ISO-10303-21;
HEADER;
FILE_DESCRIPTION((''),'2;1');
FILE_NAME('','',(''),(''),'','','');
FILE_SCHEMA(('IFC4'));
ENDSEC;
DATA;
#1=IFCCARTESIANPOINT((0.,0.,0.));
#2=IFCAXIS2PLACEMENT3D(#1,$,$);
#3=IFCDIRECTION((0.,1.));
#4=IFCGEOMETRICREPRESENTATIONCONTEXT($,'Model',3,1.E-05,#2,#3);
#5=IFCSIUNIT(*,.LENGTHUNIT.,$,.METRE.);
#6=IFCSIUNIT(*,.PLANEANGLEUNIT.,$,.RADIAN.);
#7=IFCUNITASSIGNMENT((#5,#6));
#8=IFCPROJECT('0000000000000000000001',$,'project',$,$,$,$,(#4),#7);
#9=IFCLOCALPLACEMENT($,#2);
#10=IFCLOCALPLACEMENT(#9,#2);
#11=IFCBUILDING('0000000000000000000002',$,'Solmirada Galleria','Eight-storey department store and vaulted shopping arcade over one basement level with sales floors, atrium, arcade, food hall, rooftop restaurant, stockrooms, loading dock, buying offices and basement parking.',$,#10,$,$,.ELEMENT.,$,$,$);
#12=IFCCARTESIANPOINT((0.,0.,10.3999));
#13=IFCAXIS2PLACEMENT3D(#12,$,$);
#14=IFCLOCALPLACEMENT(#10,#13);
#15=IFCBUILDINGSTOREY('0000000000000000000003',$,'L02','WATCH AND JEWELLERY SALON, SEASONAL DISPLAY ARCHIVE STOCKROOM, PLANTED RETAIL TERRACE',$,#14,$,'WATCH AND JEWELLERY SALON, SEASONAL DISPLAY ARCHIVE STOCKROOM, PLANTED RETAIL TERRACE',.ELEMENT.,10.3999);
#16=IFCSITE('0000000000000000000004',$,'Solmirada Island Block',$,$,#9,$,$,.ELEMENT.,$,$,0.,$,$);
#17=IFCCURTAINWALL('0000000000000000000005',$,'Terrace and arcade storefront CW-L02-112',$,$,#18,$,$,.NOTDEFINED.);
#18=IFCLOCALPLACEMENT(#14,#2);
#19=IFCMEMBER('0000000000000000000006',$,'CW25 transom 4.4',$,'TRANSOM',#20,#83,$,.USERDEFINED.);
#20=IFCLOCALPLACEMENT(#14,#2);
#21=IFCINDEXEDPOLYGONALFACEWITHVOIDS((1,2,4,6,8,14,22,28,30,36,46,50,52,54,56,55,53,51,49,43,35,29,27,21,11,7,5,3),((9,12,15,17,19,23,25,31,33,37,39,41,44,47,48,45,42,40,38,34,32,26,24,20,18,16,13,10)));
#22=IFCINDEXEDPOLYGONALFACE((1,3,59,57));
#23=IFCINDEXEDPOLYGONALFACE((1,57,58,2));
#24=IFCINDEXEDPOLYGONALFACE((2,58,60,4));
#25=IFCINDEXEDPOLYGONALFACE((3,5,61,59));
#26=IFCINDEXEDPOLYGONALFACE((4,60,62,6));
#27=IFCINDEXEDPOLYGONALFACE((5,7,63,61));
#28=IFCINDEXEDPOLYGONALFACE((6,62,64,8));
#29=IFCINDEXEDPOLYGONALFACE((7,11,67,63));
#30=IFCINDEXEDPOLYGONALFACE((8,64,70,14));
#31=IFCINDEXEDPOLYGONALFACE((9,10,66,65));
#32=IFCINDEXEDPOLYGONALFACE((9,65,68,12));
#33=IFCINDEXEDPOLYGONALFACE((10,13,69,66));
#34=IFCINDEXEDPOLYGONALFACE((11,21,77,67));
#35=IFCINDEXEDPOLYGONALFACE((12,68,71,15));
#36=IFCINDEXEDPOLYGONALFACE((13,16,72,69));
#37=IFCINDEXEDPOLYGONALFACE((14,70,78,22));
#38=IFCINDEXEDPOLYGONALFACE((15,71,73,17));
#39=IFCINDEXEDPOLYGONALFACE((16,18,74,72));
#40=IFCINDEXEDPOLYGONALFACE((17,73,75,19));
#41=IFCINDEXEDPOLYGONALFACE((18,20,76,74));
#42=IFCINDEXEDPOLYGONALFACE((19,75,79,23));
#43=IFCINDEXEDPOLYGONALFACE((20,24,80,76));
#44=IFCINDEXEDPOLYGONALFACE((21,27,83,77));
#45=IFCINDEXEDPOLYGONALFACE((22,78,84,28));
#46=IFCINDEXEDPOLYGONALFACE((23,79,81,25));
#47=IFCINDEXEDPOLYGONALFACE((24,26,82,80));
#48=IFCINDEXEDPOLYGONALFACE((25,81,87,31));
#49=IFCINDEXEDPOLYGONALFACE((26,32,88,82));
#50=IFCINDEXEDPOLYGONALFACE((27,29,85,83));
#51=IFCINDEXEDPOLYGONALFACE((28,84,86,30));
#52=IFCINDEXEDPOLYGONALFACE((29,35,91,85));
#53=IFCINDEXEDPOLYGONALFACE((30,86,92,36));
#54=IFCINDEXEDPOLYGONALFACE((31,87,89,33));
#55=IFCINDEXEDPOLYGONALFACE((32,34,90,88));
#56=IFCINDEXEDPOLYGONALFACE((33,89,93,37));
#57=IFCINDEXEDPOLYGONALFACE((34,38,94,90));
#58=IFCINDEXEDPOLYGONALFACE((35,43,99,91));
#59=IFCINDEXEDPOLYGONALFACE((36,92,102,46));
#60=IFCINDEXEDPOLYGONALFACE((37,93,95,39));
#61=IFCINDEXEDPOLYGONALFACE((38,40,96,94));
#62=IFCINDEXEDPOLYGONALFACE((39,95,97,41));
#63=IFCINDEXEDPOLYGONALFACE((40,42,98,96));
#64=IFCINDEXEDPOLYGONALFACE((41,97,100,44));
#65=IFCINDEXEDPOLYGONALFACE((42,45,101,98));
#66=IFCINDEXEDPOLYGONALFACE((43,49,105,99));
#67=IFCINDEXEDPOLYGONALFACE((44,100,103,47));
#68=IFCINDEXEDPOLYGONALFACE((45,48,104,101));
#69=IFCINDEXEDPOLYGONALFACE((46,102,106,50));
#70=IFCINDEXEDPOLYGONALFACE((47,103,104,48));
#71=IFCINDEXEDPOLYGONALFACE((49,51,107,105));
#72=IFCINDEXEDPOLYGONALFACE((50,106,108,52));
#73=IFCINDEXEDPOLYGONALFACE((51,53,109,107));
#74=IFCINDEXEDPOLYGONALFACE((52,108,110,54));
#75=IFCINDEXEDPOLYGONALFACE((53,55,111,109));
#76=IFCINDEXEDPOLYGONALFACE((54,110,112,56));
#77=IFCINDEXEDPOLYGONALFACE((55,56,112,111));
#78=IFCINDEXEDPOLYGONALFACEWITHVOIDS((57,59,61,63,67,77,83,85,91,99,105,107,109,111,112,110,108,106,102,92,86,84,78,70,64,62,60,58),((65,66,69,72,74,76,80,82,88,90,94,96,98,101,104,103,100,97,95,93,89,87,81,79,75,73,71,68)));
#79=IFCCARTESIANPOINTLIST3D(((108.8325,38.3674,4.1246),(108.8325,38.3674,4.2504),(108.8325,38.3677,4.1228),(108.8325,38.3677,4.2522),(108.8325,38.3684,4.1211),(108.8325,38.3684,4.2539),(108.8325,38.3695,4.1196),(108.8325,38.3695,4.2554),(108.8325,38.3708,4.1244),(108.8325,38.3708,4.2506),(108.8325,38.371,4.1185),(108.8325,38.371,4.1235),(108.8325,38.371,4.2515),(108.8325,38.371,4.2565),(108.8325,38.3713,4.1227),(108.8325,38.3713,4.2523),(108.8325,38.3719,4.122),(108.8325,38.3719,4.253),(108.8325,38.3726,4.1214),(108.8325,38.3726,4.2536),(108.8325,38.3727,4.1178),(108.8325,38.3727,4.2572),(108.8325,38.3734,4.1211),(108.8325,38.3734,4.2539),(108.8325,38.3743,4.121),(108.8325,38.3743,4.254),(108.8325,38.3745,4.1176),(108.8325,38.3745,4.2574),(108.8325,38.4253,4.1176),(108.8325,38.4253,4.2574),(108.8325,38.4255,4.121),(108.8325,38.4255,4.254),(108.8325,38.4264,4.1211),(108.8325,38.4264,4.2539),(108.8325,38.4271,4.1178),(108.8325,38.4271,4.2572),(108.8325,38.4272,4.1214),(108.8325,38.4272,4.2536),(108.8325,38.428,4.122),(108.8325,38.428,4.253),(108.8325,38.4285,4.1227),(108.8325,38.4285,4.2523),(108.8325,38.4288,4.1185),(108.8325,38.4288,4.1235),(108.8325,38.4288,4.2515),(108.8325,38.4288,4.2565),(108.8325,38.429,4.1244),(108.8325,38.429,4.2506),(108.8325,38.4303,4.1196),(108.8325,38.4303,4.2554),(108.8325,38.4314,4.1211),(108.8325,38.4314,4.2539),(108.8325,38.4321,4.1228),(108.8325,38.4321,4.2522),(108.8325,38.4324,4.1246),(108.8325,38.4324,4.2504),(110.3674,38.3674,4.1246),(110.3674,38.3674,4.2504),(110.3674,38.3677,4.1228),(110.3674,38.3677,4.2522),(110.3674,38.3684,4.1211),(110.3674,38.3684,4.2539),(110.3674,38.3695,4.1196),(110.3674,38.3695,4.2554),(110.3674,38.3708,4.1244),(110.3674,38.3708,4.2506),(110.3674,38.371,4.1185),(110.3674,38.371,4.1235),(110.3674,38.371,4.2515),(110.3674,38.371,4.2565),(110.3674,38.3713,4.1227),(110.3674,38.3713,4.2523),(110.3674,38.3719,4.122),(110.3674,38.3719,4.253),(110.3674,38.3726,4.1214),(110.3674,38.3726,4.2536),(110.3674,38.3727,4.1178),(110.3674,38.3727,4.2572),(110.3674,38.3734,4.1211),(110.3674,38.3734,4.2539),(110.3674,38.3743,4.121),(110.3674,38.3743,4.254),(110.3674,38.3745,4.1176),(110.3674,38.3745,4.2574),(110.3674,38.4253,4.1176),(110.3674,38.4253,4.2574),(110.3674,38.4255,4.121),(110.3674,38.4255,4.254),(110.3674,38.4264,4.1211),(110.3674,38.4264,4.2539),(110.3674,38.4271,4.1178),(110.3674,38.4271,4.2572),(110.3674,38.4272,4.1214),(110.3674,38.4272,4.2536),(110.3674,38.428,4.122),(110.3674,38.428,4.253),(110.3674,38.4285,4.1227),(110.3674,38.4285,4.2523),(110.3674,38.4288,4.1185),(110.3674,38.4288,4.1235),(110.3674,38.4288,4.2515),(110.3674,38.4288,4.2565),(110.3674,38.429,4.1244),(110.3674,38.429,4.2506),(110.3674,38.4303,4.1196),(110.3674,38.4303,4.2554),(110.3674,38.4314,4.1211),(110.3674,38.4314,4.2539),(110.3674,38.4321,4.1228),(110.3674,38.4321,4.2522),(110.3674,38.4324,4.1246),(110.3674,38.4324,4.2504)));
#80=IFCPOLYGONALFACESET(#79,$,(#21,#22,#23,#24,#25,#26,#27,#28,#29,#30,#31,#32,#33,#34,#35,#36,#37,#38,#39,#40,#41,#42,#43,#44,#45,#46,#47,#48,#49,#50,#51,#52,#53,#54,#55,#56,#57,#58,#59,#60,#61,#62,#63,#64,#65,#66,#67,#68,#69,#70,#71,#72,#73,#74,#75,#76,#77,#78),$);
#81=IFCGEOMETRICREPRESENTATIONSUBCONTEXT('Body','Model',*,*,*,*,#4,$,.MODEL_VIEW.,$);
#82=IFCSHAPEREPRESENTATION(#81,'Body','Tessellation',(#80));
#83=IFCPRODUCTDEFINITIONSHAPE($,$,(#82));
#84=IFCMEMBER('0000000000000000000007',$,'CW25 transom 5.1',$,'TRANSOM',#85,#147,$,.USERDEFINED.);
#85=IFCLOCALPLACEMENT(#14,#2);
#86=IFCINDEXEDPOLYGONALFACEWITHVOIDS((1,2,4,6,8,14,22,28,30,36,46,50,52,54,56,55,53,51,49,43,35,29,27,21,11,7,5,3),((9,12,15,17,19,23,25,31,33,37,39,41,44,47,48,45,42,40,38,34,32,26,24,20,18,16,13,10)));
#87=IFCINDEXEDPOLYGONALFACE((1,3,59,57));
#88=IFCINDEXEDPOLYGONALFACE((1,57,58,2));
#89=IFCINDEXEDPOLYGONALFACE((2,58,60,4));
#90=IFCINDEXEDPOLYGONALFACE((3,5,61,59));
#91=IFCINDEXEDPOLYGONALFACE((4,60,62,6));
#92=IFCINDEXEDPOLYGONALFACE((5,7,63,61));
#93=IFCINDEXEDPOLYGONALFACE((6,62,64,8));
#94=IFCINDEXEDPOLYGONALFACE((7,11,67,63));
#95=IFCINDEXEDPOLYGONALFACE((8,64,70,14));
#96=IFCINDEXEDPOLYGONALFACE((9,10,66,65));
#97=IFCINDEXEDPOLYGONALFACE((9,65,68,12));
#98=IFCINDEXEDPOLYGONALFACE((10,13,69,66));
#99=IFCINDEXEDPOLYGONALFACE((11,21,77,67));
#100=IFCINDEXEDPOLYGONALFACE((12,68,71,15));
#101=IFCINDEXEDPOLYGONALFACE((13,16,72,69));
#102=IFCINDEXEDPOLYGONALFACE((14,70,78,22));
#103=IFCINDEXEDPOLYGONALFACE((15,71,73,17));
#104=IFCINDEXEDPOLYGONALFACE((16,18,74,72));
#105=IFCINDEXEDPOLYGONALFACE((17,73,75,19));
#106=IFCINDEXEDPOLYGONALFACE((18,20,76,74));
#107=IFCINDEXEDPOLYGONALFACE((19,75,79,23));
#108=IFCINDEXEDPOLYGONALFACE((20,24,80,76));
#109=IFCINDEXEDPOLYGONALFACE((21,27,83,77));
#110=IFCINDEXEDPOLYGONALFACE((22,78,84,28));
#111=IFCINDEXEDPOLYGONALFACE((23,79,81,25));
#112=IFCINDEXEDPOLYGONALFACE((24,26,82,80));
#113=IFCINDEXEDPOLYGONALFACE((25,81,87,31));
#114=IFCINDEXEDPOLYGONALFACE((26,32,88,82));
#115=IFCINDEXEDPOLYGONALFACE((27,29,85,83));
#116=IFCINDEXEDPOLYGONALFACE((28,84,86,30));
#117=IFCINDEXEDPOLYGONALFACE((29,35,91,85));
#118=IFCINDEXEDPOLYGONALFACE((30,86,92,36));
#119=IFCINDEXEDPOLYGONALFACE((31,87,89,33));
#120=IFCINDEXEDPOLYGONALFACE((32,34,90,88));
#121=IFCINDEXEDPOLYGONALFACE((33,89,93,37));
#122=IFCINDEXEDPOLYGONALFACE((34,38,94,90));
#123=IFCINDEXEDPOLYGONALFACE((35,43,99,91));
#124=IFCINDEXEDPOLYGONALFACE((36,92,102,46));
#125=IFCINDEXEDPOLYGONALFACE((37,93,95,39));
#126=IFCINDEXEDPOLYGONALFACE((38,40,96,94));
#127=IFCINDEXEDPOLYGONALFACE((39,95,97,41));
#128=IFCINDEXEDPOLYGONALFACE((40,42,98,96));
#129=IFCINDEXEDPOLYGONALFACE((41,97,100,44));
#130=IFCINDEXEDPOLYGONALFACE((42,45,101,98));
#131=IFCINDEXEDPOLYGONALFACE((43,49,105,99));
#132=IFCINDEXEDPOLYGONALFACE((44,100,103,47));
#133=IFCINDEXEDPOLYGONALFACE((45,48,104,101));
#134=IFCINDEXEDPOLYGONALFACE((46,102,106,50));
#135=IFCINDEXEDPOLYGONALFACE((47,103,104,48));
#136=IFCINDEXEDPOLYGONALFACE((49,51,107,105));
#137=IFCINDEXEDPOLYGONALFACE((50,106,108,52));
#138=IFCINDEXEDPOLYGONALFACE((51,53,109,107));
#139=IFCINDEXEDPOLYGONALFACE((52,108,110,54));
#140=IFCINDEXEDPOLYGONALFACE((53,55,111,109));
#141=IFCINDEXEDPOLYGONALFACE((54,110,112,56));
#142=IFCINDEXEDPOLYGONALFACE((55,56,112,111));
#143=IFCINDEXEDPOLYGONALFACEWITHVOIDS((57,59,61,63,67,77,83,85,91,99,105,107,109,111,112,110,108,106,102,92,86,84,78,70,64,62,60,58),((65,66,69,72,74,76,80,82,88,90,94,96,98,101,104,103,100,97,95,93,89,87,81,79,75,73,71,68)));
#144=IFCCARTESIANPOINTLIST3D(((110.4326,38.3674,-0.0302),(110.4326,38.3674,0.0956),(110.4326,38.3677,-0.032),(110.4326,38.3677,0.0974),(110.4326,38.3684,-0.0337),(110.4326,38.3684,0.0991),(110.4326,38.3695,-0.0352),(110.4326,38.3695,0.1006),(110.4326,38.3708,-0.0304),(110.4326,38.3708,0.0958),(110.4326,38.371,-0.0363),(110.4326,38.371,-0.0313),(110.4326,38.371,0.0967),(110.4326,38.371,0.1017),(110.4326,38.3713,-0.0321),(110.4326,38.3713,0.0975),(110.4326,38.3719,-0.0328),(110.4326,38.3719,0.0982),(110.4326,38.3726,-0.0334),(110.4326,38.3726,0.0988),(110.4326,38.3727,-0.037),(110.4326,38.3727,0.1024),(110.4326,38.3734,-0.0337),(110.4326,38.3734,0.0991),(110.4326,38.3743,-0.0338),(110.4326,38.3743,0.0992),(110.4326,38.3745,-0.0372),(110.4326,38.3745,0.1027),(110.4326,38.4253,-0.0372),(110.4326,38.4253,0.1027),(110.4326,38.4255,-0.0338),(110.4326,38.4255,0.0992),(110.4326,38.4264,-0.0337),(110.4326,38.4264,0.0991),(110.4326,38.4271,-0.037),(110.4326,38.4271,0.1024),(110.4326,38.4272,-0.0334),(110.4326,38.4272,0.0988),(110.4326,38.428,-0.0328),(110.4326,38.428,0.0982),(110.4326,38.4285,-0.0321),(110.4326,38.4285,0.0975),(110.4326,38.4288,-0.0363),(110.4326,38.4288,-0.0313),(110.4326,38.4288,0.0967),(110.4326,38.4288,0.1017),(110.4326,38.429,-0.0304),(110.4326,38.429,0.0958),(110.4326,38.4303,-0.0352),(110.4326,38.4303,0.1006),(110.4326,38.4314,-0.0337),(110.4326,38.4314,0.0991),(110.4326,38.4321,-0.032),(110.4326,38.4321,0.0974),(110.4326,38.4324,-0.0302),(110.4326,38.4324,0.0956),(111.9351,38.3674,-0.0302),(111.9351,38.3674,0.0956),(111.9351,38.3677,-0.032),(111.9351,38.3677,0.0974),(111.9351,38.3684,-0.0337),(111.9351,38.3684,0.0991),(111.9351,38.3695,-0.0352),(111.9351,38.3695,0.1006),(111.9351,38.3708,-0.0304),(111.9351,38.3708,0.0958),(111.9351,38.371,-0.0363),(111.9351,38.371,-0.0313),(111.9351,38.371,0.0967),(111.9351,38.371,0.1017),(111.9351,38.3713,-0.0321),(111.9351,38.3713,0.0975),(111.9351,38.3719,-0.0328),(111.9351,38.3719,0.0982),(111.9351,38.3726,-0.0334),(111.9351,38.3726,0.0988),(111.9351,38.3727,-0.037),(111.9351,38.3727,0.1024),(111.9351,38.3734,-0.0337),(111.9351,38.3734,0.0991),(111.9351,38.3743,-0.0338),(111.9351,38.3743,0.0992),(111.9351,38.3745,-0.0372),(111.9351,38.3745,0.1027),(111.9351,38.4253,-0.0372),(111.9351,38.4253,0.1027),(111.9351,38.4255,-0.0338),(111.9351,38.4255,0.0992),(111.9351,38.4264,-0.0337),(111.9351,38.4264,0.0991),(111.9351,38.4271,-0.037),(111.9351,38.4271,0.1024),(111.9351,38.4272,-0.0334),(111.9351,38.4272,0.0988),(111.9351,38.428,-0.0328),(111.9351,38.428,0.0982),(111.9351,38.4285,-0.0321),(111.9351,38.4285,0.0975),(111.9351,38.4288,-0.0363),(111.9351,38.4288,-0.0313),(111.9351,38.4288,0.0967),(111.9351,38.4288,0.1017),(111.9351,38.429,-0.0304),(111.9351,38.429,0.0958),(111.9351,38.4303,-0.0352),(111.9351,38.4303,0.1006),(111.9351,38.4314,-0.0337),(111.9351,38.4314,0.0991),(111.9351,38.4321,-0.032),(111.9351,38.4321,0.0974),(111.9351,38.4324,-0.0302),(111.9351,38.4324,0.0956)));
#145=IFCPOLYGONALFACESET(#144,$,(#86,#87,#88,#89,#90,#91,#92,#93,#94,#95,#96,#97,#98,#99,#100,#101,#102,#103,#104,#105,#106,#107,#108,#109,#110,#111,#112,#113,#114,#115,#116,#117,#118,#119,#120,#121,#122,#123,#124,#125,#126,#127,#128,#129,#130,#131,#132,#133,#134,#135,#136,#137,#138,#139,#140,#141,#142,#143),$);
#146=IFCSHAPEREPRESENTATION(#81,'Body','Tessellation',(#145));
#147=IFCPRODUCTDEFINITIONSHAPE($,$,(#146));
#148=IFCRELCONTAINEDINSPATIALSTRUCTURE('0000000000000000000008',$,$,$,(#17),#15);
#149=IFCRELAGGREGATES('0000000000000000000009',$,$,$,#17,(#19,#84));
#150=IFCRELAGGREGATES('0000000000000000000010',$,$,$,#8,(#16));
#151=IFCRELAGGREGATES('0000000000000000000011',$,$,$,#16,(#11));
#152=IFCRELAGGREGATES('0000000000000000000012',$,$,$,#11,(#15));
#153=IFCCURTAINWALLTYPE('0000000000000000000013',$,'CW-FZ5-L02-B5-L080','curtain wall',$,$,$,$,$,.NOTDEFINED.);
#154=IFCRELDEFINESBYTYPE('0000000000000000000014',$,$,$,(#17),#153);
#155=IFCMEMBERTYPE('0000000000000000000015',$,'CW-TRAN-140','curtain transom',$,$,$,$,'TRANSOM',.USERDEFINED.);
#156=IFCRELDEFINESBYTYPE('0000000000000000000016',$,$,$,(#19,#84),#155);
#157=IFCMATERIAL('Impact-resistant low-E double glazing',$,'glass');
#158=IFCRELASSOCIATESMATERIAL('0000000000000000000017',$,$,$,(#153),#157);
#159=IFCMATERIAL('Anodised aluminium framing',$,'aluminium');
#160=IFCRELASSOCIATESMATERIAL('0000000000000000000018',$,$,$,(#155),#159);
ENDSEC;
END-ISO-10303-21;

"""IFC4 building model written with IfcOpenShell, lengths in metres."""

from ifc_helpers import new_model, si_unit, direction, frame, origin, origin_2d, place, context, subcontext, project, spatial, hollow_rectangle, extrude, material, material_profile, profile_set, type_object, element, aggregate, save


model = new_model("IFC4")

# Units and contexts
model_context = context("Model", 3, precision=1e-05, world=origin(), true_north=direction((0.0, 1.0)))
body_context = subcontext(model_context, "Body", "Model", "MODEL_VIEW")
ifc_project = project(units=[si_unit("LENGTHUNIT", "METRE"), si_unit("PLANEANGLEUNIT", "RADIAN")], contexts=[model_context])

# Site, building, storey
site_placement = place(None, origin())
site = spatial("IfcSite", under=ifc_project, at=site_placement, Name="Solmirada Island Block", CompositionType="ELEMENT", RefElevation=0.0)
building_placement = place(site_placement, origin())
building = spatial("IfcBuilding", under=site, at=building_placement, Name="Solmirada Galleria", Description="Eight-storey department store and vaulted shopping arcade over one basement level with sales floors, atrium, arcade, food hall, rooftop restaurant, stockrooms, loading dock, buying offices and basement parking.", CompositionType="ELEMENT")
storey_placement = place(building_placement, frame((0.0, 0.0, 10.3999)))
storey = spatial("IfcBuildingStorey", under=building, at=storey_placement, Name="L02", Description="WATCH AND JEWELLERY SALON, SEASONAL DISPLAY ARCHIVE STOCKROOM, PLANTED RETAIL TERRACE", LongName="WATCH AND JEWELLERY SALON, SEASONAL DISPLAY ARCHIVE STOCKROOM, PLANTED RETAIL TERRACE", CompositionType="ELEMENT", Elevation=10.3999)

# Curtain wall
ifc_material_1 = material(Name="Impact-resistant low-E double glazing", Category="glass")
curtain_wall_type = type_object("IfcCurtainWallType", Name="CW-FZ5-L02-B5-L080", Description="curtain wall", PredefinedType="NOTDEFINED", material=ifc_material_1)
curtain_wall_1_placement = place(storey_placement, origin())
curtain_wall_1 = element("IfcCurtainWall", 1, at=curtain_wall_1_placement, inside=storey, type_object=curtain_wall_type, Name="Terrace and arcade storefront CW-L02-112", PredefinedType="NOTDEFINED")
ifc_material_2 = material(Name="Anodised aluminium framing", Category="aluminium")

# Members
ifc_material_profile_1 = material_profile(ifc_material_2, hollow_rectangle(XDim=0.0649, YDim=0.1399, WallThickness=0.0034, InnerFilletRadius=0.0034, OuterFilletRadius=0.0071, at=origin_2d()), Name="ALU-TRAN-140X65")
ifc_profile_set_1 = profile_set([ifc_material_profile_1], Name="Anodised aluminium framing")
member_type_1 = type_object("IfcMemberType", Name="CW-TRAN-140", Description="curtain transom", ElementType="TRANSOM", PredefinedType="USERDEFINED", material=ifc_profile_set_1)
member_1_placement = place(storey_placement, frame((108.8325, 38.3999, 4.1875), z_axis=(1.0, 0.0, 0.0), x_axis=(0.0, 1.0, 0.0)))
member_1 = element("IfcMember", 2, at=member_1_placement, type_object=member_type_1, Name="CW25 transom 4.4", ObjectType="TRANSOM", PredefinedType="USERDEFINED", context=body_context, shape_type="SweptSolid", body=[
    extrude(hollow_rectangle(XDim=0.0649, YDim=0.1399, WallThickness=0.0034, InnerFilletRadius=0.0034, OuterFilletRadius=0.0071, at=origin_2d()), origin(), (0.0, 0.0, 1.0), 1.5349),
])
member_2_placement = place(storey_placement, frame((110.4326, 38.3999, 0.0327), z_axis=(1.0, 0.0, 0.0), x_axis=(0.0, 1.0, 0.0)))
member_2 = element("IfcMember", 3, at=member_2_placement, type_object=member_type_1, Name="CW25 transom 5.1", ObjectType="TRANSOM", PredefinedType="USERDEFINED", context=body_context, shape_type="SweptSolid", body=[
    extrude(hollow_rectangle(XDim=0.0649, YDim=0.1399, WallThickness=0.0034, InnerFilletRadius=0.0034, OuterFilletRadius=0.0071, at=origin_2d()), origin(), (0.0, 0.0, 1.0), 1.5024),
])

aggregate(curtain_wall_1, [member_1, member_2])

save(model, "model.ifc")
